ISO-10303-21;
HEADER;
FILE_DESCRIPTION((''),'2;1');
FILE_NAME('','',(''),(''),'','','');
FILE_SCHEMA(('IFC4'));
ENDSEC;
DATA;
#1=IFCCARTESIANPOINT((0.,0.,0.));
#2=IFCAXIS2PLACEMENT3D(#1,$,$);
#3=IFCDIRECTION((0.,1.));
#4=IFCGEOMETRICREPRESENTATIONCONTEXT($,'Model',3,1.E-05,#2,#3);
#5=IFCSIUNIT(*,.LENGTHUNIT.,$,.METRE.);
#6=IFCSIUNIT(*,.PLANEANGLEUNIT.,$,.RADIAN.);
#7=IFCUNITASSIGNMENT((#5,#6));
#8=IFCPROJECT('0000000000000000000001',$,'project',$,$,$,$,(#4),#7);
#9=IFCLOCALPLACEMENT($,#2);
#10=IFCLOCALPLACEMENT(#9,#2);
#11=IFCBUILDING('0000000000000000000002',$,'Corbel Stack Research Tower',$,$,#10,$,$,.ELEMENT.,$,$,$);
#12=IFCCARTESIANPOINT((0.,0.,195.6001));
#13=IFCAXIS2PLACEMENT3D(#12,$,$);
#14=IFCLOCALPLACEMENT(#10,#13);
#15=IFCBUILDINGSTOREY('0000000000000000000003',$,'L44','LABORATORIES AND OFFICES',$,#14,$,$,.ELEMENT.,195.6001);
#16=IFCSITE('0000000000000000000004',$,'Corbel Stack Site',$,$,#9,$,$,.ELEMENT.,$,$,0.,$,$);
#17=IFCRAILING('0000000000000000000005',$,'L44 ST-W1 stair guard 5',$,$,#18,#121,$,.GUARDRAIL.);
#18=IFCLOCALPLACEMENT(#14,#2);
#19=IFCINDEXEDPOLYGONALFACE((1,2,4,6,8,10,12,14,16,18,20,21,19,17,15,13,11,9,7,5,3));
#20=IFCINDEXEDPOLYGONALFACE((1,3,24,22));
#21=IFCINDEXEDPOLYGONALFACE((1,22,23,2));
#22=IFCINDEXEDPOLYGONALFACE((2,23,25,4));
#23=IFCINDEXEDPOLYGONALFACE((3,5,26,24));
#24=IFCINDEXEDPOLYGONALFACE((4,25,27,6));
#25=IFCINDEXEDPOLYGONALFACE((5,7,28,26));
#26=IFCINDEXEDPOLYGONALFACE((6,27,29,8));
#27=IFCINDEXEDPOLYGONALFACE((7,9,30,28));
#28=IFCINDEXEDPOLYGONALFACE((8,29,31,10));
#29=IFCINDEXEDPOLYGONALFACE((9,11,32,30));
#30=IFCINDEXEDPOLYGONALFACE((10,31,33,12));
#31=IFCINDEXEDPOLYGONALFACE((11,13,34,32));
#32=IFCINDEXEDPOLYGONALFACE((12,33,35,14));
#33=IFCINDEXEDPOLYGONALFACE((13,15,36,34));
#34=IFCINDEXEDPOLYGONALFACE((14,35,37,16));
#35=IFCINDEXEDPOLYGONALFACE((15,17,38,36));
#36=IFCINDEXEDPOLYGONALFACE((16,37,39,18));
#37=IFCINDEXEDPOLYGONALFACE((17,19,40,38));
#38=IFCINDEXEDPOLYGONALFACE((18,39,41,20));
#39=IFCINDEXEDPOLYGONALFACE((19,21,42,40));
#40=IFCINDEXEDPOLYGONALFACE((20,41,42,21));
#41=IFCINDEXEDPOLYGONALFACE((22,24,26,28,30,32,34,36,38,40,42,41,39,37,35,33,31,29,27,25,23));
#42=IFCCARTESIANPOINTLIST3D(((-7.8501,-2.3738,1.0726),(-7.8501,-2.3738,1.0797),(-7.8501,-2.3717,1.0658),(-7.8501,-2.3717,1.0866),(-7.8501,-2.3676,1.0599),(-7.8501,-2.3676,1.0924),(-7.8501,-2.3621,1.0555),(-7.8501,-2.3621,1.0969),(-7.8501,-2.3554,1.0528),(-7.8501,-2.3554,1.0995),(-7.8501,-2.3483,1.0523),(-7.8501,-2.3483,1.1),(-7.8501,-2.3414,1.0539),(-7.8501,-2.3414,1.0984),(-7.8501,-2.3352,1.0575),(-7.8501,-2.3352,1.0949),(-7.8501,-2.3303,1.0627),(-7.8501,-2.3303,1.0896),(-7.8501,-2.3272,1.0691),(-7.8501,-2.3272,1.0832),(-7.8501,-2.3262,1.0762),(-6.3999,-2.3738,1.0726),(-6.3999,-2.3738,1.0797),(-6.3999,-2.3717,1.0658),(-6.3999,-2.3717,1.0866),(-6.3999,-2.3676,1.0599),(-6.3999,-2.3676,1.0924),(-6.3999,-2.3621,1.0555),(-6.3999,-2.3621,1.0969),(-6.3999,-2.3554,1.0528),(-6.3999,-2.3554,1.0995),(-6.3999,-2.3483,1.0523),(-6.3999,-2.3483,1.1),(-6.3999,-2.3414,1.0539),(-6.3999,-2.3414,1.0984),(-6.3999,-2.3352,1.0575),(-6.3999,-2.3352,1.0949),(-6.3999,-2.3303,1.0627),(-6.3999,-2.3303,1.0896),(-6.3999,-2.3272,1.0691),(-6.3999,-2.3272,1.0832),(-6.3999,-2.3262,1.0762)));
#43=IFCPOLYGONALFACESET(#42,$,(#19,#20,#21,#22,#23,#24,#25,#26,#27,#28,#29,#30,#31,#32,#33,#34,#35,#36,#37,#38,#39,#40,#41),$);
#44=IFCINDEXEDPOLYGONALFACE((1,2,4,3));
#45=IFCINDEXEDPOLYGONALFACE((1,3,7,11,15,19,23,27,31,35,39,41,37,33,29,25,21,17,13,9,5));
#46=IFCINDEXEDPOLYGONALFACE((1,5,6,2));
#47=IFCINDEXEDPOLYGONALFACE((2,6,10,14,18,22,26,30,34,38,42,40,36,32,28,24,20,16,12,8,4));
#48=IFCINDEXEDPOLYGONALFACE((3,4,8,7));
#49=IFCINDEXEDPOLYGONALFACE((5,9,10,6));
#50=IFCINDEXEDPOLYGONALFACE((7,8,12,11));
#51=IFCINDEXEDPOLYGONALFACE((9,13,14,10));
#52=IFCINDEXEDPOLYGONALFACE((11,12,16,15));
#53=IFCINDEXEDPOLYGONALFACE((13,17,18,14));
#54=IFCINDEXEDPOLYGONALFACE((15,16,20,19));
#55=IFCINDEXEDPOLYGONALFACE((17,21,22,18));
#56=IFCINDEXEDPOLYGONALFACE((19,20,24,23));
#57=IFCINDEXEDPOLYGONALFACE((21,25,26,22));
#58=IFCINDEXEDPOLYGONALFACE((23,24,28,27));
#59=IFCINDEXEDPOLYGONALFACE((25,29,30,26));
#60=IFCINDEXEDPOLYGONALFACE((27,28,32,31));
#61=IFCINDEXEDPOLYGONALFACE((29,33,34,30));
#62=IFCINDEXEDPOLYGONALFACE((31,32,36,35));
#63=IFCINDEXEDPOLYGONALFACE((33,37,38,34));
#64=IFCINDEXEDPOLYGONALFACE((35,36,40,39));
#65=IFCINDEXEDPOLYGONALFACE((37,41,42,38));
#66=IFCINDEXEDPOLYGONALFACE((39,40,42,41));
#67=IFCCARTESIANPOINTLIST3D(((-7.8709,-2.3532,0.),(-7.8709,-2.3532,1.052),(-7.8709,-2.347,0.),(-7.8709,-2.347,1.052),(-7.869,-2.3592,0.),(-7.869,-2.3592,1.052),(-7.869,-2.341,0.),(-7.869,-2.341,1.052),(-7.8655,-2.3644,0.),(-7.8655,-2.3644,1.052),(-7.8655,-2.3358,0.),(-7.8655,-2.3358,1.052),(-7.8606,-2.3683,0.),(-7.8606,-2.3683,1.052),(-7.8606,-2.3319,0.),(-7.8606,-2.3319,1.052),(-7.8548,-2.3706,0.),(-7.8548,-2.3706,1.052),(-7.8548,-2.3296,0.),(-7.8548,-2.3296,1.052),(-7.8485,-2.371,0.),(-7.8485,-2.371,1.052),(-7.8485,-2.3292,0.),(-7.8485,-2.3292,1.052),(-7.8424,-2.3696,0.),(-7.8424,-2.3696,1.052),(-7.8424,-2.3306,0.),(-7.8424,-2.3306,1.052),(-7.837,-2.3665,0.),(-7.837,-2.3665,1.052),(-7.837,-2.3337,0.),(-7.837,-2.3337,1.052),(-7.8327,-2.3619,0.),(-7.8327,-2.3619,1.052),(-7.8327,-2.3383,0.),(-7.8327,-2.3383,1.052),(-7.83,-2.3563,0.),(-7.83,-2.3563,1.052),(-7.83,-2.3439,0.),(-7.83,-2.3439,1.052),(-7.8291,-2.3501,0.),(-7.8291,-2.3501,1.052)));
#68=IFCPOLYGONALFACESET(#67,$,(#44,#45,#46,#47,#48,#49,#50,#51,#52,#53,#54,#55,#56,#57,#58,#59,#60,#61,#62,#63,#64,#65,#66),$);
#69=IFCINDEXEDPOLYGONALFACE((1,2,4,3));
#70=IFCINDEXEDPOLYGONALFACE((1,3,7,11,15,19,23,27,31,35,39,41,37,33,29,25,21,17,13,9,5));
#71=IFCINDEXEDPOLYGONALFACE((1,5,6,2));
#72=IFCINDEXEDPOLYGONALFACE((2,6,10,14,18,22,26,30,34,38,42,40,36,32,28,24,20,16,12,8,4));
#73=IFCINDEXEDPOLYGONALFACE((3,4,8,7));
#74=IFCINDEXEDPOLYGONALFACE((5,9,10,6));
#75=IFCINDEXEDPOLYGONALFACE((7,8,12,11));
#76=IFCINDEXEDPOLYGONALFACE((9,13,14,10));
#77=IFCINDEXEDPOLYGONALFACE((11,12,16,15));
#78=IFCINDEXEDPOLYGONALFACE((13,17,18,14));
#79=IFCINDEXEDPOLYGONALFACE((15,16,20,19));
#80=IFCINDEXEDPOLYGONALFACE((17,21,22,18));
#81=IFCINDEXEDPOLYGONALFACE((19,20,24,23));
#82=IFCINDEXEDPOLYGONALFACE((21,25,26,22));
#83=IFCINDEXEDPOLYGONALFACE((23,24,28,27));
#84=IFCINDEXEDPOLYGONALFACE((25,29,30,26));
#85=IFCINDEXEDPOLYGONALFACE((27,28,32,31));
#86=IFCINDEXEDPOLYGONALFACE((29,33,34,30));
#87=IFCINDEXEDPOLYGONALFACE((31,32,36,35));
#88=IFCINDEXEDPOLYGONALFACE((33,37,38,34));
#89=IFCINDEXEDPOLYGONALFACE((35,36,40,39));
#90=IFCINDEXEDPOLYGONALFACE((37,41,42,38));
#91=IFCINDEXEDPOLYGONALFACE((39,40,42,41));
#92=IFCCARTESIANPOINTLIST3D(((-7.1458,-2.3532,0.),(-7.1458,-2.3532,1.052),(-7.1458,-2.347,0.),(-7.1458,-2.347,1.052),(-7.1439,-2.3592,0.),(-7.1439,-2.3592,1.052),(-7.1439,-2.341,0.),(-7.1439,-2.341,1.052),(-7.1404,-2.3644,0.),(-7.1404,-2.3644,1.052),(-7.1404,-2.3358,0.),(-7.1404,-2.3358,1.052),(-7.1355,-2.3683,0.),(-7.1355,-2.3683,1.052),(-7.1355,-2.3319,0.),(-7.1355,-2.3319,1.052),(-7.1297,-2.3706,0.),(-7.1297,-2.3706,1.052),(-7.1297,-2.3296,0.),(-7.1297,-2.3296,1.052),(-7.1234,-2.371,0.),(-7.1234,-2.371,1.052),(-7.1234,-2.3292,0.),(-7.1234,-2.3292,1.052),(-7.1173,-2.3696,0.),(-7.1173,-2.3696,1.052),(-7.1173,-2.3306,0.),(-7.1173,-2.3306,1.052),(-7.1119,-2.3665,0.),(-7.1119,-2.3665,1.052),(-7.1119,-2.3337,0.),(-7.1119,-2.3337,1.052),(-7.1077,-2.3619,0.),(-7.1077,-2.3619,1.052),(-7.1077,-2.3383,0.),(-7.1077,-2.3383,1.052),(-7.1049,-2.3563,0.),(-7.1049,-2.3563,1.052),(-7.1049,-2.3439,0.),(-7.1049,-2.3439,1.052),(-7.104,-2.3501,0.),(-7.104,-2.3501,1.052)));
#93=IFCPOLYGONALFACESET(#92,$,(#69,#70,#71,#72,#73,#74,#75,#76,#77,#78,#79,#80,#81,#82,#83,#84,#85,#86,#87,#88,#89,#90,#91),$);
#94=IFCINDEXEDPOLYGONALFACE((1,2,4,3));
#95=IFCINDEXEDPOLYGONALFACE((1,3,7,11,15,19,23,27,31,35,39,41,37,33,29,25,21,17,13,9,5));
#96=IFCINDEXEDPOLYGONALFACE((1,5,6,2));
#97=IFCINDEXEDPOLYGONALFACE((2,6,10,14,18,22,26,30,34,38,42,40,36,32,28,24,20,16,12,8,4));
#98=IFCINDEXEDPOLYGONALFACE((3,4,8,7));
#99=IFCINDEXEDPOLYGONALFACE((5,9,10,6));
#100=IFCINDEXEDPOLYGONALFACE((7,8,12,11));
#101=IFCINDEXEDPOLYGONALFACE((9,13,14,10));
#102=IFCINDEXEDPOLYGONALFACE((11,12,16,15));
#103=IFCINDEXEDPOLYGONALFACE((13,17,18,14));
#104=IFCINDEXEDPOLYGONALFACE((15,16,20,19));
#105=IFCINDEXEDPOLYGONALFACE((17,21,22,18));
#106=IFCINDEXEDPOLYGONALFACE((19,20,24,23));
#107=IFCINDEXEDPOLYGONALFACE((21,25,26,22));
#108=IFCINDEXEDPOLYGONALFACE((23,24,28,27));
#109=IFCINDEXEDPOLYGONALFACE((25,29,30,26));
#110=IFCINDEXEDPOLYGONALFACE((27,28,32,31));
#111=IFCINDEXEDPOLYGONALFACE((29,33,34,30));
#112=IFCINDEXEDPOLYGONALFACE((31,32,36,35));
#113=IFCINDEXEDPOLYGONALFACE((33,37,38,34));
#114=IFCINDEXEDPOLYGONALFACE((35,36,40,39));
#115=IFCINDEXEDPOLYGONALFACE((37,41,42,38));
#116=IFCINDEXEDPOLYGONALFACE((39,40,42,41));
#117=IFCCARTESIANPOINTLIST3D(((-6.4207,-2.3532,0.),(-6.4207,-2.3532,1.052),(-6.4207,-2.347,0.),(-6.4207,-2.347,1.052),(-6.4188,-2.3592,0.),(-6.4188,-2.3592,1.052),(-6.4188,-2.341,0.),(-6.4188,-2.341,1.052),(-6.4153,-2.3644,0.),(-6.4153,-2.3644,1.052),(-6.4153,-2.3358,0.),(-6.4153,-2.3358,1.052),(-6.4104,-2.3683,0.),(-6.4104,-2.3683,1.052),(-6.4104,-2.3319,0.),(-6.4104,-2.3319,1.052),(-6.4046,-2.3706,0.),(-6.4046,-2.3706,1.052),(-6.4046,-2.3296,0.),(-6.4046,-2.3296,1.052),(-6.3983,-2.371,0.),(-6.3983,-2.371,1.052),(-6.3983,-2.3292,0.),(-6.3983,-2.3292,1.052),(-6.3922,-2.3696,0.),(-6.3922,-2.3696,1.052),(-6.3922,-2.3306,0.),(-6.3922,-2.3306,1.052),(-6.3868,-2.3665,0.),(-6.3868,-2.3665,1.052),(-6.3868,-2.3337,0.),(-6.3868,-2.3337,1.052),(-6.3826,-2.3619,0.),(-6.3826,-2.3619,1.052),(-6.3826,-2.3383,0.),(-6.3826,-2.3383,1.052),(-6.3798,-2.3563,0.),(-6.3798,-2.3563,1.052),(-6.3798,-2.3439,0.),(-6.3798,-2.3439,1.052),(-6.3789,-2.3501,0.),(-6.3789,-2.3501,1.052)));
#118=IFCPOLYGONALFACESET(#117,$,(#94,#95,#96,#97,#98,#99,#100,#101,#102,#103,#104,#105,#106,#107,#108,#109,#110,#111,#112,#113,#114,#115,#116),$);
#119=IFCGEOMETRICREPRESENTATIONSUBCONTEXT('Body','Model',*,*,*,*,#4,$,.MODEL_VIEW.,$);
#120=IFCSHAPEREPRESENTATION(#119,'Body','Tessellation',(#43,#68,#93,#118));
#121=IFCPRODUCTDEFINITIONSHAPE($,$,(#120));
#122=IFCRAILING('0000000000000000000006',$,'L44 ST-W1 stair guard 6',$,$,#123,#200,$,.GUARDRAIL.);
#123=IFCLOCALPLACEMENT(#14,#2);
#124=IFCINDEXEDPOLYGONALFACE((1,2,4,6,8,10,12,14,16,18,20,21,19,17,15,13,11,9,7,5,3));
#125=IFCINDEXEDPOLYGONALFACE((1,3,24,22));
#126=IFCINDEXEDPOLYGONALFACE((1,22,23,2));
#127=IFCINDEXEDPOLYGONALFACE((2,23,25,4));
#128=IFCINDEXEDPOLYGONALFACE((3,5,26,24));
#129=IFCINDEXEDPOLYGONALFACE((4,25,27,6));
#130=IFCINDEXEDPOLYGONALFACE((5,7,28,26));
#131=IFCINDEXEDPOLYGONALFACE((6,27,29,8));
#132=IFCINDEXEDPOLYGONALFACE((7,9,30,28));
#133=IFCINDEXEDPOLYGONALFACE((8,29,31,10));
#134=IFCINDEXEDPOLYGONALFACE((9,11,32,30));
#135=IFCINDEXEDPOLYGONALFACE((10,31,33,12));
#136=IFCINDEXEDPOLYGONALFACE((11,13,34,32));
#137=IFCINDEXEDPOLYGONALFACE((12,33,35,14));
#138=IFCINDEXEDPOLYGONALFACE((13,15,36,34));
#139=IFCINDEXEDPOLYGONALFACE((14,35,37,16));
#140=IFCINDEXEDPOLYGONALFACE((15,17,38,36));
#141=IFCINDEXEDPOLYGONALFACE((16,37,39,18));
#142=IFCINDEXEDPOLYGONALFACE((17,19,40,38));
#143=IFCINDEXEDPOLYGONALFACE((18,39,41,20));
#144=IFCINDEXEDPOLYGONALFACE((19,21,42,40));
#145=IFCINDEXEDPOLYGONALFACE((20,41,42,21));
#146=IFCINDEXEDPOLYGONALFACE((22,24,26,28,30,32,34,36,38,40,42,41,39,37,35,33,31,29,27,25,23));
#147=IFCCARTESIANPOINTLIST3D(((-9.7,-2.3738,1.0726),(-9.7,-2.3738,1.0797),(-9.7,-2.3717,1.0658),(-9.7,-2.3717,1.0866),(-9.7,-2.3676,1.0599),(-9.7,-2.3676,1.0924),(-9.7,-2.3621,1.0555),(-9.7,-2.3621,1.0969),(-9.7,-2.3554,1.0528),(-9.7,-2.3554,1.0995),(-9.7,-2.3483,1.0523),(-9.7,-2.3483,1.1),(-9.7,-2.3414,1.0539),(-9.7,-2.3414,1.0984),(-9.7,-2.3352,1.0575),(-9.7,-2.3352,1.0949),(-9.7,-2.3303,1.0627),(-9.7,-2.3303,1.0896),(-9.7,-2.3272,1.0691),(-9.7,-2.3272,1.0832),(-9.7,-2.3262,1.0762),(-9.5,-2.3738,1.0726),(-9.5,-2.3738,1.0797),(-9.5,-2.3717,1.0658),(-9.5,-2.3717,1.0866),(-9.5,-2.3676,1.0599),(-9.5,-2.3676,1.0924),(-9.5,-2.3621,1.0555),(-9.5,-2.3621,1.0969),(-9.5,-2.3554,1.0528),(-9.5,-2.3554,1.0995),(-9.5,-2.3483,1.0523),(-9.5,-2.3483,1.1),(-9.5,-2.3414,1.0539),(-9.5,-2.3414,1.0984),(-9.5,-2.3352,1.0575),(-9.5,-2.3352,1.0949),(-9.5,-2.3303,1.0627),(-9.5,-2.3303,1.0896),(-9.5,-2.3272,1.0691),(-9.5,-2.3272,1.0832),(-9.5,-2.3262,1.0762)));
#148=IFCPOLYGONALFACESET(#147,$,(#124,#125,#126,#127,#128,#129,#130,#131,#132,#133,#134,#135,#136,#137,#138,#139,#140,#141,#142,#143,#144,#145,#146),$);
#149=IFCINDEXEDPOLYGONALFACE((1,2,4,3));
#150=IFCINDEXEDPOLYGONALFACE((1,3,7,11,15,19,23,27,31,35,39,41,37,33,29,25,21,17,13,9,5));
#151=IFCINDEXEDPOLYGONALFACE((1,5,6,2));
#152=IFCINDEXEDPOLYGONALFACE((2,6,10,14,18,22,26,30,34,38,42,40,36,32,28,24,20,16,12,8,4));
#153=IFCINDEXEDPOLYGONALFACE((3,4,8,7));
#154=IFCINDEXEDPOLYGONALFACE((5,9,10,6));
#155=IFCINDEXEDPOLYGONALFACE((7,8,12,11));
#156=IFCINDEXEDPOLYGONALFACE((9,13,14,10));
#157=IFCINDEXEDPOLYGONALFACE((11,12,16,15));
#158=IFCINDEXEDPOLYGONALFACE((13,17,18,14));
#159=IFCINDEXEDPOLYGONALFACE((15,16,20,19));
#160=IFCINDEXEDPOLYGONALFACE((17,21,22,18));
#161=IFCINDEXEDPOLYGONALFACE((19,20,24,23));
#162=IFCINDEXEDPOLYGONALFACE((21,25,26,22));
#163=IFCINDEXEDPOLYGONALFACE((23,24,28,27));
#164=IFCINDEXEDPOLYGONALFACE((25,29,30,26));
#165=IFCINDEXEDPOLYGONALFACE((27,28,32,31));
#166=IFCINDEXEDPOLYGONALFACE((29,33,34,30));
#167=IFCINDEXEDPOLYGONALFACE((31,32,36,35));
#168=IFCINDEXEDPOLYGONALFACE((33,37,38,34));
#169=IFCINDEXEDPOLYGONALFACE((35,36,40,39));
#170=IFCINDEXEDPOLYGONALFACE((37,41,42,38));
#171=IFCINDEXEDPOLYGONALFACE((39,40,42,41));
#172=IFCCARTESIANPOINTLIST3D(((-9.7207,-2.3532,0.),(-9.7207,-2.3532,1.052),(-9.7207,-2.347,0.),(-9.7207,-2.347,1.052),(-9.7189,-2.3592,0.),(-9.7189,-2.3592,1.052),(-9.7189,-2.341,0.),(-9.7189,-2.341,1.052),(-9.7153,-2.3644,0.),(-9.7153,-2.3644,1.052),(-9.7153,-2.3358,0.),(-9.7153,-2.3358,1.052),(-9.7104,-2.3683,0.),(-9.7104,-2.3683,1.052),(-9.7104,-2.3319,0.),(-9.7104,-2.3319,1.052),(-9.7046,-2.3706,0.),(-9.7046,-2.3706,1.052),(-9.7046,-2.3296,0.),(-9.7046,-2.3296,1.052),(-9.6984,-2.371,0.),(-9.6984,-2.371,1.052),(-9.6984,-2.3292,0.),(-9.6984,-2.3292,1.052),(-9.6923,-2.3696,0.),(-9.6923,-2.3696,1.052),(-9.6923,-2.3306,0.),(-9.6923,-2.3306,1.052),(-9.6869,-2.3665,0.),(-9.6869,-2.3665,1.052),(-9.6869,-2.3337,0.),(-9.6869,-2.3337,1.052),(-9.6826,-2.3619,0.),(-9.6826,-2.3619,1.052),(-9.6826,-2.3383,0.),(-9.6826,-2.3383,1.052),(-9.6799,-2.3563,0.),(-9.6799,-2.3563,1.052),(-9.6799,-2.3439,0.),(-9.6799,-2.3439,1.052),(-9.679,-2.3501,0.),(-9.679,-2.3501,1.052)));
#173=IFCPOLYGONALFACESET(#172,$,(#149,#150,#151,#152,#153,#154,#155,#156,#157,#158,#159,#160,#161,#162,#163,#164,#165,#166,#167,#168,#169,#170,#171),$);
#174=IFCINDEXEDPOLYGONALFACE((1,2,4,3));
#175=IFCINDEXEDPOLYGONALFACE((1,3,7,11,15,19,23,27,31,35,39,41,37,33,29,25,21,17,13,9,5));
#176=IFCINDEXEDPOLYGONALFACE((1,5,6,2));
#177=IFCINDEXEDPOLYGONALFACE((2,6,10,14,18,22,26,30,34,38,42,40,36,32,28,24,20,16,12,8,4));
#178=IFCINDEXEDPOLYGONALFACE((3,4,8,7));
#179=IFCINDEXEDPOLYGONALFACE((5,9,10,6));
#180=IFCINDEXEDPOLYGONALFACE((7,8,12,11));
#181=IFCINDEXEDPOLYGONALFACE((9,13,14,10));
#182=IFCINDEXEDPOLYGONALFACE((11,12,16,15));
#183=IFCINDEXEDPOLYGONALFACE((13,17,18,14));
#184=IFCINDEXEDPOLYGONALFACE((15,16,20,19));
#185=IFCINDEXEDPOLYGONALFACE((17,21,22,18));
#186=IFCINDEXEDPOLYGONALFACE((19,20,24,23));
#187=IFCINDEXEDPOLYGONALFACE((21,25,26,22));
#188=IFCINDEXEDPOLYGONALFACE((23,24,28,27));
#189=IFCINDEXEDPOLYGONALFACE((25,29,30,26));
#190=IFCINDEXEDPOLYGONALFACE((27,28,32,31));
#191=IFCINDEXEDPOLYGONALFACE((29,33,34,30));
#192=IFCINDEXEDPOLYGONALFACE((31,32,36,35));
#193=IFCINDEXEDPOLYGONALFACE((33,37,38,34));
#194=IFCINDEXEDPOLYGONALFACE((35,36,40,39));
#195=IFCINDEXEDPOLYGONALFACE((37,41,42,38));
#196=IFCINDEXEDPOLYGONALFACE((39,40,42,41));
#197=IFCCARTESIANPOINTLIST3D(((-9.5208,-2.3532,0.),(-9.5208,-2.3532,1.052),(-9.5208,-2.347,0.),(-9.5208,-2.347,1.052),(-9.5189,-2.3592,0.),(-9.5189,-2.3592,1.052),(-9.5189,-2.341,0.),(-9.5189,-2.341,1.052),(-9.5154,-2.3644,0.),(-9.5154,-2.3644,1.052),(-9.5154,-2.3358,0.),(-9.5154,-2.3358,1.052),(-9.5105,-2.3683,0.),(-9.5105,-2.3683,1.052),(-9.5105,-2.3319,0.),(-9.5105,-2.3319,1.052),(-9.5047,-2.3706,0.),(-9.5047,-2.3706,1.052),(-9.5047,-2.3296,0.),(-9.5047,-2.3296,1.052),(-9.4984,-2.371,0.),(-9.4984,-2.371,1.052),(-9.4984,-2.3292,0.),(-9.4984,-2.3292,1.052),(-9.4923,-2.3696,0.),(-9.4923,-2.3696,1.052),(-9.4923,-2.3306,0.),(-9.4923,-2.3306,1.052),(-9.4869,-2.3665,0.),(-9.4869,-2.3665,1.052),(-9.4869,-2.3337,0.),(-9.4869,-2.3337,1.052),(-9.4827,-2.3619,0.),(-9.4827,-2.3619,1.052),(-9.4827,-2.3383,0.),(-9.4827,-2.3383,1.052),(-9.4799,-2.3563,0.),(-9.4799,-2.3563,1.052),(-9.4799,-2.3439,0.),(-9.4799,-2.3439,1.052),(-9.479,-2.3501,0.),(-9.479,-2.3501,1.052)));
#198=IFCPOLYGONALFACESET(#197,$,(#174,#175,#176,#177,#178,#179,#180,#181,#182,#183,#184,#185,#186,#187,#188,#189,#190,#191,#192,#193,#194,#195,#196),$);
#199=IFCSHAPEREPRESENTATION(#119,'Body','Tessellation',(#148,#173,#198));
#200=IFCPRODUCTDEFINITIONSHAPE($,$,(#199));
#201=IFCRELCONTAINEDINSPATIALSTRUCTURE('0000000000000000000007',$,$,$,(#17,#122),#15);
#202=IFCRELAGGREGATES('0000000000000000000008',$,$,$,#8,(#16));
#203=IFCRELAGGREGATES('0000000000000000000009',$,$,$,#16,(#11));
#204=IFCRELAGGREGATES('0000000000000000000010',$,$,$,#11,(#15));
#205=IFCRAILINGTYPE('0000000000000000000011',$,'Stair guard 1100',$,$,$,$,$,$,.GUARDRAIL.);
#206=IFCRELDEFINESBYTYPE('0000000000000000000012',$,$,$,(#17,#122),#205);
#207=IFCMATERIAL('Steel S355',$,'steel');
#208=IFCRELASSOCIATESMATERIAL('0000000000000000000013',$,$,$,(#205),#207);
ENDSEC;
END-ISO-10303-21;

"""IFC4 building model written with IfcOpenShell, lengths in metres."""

from ifc_helpers import new_model, si_unit, direction, frame, origin, origin_2d, place, context, subcontext, project, spatial, circle, extrude, material, type_object, element, save


model = new_model("IFC4")

# Units and contexts
model_context = context("Model", 3, precision=1e-05, world=origin(), true_north=direction((0.0, 1.0)))
body_context = subcontext(model_context, "Body", "Model", "MODEL_VIEW")
ifc_project = project(units=[si_unit("LENGTHUNIT", "METRE"), si_unit("PLANEANGLEUNIT", "RADIAN")], contexts=[model_context])

# Site, building, storey
site_placement = place(None, origin())
site = spatial("IfcSite", under=ifc_project, at=site_placement, Name="Corbel Stack Site", CompositionType="ELEMENT", RefElevation=0.0)
building_placement = place(site_placement, origin())
building = spatial("IfcBuilding", under=site, at=building_placement, Name="Corbel Stack Research Tower", CompositionType="ELEMENT")
storey_placement = place(building_placement, frame((0.0, 0.0, 195.6001)))
storey = spatial("IfcBuildingStorey", under=building, at=storey_placement, Name="L44", Description="LABORATORIES AND OFFICES", CompositionType="ELEMENT", Elevation=195.6001)

# Railings
ifc_material_1 = material(Name="Steel S355", Category="steel")
railing_type_1 = type_object("IfcRailingType", Name="Stair guard 1100", PredefinedType="GUARDRAIL", material=ifc_material_1)
railing_1_placement = place(storey_placement, frame((-7.8501, -2.3501, 0.0)))
element("IfcRailing", 1, at=railing_1_placement, inside=storey, type_object=railing_type_1, Name="L44 ST-W1 stair guard 5", PredefinedType="GUARDRAIL", context=body_context, shape_type="SweptSolid", body=[
    extrude(circle(Radius=0.0239, at=origin_2d()), frame((0.0, 0.0, 1.0762), z_axis=(1.0, 0.0, 0.0), x_axis=(0.0, 1.0, 0.0)), (0.0, 0.0, 1.0), 1.4502),
    extrude(circle(Radius=0.021, at=origin_2d()), origin(), (0.0, 0.0, 1.0), 1.052),
    extrude(circle(Radius=0.021, at=origin_2d()), frame((0.7251, 0.0, 0.0)), (0.0, 0.0, 1.0), 1.052),
    extrude(circle(Radius=0.021, at=origin_2d()), frame((1.4502, 0.0, 0.0)), (0.0, 0.0, 1.0), 1.052),
])
railing_2_placement = place(storey_placement, frame((-9.7, -2.3501, 0.0)))
element("IfcRailing", 2, at=railing_2_placement, inside=storey, type_object=railing_type_1, Name="L44 ST-W1 stair guard 6", PredefinedType="GUARDRAIL", context=body_context, shape_type="SweptSolid", body=[
    extrude(circle(Radius=0.0239, at=origin_2d()), frame((0.0, 0.0, 1.0762), z_axis=(1.0, 0.0, 0.0), x_axis=(0.0, 1.0, 0.0)), (0.0, 0.0, 1.0), 0.2),
    extrude(circle(Radius=0.021, at=origin_2d()), origin(), (0.0, 0.0, 1.0), 1.052),
    extrude(circle(Radius=0.021, at=origin_2d()), frame((0.2, 0.0, 0.0)), (0.0, 0.0, 1.0), 1.052),
])

save(model, "model.ifc")
